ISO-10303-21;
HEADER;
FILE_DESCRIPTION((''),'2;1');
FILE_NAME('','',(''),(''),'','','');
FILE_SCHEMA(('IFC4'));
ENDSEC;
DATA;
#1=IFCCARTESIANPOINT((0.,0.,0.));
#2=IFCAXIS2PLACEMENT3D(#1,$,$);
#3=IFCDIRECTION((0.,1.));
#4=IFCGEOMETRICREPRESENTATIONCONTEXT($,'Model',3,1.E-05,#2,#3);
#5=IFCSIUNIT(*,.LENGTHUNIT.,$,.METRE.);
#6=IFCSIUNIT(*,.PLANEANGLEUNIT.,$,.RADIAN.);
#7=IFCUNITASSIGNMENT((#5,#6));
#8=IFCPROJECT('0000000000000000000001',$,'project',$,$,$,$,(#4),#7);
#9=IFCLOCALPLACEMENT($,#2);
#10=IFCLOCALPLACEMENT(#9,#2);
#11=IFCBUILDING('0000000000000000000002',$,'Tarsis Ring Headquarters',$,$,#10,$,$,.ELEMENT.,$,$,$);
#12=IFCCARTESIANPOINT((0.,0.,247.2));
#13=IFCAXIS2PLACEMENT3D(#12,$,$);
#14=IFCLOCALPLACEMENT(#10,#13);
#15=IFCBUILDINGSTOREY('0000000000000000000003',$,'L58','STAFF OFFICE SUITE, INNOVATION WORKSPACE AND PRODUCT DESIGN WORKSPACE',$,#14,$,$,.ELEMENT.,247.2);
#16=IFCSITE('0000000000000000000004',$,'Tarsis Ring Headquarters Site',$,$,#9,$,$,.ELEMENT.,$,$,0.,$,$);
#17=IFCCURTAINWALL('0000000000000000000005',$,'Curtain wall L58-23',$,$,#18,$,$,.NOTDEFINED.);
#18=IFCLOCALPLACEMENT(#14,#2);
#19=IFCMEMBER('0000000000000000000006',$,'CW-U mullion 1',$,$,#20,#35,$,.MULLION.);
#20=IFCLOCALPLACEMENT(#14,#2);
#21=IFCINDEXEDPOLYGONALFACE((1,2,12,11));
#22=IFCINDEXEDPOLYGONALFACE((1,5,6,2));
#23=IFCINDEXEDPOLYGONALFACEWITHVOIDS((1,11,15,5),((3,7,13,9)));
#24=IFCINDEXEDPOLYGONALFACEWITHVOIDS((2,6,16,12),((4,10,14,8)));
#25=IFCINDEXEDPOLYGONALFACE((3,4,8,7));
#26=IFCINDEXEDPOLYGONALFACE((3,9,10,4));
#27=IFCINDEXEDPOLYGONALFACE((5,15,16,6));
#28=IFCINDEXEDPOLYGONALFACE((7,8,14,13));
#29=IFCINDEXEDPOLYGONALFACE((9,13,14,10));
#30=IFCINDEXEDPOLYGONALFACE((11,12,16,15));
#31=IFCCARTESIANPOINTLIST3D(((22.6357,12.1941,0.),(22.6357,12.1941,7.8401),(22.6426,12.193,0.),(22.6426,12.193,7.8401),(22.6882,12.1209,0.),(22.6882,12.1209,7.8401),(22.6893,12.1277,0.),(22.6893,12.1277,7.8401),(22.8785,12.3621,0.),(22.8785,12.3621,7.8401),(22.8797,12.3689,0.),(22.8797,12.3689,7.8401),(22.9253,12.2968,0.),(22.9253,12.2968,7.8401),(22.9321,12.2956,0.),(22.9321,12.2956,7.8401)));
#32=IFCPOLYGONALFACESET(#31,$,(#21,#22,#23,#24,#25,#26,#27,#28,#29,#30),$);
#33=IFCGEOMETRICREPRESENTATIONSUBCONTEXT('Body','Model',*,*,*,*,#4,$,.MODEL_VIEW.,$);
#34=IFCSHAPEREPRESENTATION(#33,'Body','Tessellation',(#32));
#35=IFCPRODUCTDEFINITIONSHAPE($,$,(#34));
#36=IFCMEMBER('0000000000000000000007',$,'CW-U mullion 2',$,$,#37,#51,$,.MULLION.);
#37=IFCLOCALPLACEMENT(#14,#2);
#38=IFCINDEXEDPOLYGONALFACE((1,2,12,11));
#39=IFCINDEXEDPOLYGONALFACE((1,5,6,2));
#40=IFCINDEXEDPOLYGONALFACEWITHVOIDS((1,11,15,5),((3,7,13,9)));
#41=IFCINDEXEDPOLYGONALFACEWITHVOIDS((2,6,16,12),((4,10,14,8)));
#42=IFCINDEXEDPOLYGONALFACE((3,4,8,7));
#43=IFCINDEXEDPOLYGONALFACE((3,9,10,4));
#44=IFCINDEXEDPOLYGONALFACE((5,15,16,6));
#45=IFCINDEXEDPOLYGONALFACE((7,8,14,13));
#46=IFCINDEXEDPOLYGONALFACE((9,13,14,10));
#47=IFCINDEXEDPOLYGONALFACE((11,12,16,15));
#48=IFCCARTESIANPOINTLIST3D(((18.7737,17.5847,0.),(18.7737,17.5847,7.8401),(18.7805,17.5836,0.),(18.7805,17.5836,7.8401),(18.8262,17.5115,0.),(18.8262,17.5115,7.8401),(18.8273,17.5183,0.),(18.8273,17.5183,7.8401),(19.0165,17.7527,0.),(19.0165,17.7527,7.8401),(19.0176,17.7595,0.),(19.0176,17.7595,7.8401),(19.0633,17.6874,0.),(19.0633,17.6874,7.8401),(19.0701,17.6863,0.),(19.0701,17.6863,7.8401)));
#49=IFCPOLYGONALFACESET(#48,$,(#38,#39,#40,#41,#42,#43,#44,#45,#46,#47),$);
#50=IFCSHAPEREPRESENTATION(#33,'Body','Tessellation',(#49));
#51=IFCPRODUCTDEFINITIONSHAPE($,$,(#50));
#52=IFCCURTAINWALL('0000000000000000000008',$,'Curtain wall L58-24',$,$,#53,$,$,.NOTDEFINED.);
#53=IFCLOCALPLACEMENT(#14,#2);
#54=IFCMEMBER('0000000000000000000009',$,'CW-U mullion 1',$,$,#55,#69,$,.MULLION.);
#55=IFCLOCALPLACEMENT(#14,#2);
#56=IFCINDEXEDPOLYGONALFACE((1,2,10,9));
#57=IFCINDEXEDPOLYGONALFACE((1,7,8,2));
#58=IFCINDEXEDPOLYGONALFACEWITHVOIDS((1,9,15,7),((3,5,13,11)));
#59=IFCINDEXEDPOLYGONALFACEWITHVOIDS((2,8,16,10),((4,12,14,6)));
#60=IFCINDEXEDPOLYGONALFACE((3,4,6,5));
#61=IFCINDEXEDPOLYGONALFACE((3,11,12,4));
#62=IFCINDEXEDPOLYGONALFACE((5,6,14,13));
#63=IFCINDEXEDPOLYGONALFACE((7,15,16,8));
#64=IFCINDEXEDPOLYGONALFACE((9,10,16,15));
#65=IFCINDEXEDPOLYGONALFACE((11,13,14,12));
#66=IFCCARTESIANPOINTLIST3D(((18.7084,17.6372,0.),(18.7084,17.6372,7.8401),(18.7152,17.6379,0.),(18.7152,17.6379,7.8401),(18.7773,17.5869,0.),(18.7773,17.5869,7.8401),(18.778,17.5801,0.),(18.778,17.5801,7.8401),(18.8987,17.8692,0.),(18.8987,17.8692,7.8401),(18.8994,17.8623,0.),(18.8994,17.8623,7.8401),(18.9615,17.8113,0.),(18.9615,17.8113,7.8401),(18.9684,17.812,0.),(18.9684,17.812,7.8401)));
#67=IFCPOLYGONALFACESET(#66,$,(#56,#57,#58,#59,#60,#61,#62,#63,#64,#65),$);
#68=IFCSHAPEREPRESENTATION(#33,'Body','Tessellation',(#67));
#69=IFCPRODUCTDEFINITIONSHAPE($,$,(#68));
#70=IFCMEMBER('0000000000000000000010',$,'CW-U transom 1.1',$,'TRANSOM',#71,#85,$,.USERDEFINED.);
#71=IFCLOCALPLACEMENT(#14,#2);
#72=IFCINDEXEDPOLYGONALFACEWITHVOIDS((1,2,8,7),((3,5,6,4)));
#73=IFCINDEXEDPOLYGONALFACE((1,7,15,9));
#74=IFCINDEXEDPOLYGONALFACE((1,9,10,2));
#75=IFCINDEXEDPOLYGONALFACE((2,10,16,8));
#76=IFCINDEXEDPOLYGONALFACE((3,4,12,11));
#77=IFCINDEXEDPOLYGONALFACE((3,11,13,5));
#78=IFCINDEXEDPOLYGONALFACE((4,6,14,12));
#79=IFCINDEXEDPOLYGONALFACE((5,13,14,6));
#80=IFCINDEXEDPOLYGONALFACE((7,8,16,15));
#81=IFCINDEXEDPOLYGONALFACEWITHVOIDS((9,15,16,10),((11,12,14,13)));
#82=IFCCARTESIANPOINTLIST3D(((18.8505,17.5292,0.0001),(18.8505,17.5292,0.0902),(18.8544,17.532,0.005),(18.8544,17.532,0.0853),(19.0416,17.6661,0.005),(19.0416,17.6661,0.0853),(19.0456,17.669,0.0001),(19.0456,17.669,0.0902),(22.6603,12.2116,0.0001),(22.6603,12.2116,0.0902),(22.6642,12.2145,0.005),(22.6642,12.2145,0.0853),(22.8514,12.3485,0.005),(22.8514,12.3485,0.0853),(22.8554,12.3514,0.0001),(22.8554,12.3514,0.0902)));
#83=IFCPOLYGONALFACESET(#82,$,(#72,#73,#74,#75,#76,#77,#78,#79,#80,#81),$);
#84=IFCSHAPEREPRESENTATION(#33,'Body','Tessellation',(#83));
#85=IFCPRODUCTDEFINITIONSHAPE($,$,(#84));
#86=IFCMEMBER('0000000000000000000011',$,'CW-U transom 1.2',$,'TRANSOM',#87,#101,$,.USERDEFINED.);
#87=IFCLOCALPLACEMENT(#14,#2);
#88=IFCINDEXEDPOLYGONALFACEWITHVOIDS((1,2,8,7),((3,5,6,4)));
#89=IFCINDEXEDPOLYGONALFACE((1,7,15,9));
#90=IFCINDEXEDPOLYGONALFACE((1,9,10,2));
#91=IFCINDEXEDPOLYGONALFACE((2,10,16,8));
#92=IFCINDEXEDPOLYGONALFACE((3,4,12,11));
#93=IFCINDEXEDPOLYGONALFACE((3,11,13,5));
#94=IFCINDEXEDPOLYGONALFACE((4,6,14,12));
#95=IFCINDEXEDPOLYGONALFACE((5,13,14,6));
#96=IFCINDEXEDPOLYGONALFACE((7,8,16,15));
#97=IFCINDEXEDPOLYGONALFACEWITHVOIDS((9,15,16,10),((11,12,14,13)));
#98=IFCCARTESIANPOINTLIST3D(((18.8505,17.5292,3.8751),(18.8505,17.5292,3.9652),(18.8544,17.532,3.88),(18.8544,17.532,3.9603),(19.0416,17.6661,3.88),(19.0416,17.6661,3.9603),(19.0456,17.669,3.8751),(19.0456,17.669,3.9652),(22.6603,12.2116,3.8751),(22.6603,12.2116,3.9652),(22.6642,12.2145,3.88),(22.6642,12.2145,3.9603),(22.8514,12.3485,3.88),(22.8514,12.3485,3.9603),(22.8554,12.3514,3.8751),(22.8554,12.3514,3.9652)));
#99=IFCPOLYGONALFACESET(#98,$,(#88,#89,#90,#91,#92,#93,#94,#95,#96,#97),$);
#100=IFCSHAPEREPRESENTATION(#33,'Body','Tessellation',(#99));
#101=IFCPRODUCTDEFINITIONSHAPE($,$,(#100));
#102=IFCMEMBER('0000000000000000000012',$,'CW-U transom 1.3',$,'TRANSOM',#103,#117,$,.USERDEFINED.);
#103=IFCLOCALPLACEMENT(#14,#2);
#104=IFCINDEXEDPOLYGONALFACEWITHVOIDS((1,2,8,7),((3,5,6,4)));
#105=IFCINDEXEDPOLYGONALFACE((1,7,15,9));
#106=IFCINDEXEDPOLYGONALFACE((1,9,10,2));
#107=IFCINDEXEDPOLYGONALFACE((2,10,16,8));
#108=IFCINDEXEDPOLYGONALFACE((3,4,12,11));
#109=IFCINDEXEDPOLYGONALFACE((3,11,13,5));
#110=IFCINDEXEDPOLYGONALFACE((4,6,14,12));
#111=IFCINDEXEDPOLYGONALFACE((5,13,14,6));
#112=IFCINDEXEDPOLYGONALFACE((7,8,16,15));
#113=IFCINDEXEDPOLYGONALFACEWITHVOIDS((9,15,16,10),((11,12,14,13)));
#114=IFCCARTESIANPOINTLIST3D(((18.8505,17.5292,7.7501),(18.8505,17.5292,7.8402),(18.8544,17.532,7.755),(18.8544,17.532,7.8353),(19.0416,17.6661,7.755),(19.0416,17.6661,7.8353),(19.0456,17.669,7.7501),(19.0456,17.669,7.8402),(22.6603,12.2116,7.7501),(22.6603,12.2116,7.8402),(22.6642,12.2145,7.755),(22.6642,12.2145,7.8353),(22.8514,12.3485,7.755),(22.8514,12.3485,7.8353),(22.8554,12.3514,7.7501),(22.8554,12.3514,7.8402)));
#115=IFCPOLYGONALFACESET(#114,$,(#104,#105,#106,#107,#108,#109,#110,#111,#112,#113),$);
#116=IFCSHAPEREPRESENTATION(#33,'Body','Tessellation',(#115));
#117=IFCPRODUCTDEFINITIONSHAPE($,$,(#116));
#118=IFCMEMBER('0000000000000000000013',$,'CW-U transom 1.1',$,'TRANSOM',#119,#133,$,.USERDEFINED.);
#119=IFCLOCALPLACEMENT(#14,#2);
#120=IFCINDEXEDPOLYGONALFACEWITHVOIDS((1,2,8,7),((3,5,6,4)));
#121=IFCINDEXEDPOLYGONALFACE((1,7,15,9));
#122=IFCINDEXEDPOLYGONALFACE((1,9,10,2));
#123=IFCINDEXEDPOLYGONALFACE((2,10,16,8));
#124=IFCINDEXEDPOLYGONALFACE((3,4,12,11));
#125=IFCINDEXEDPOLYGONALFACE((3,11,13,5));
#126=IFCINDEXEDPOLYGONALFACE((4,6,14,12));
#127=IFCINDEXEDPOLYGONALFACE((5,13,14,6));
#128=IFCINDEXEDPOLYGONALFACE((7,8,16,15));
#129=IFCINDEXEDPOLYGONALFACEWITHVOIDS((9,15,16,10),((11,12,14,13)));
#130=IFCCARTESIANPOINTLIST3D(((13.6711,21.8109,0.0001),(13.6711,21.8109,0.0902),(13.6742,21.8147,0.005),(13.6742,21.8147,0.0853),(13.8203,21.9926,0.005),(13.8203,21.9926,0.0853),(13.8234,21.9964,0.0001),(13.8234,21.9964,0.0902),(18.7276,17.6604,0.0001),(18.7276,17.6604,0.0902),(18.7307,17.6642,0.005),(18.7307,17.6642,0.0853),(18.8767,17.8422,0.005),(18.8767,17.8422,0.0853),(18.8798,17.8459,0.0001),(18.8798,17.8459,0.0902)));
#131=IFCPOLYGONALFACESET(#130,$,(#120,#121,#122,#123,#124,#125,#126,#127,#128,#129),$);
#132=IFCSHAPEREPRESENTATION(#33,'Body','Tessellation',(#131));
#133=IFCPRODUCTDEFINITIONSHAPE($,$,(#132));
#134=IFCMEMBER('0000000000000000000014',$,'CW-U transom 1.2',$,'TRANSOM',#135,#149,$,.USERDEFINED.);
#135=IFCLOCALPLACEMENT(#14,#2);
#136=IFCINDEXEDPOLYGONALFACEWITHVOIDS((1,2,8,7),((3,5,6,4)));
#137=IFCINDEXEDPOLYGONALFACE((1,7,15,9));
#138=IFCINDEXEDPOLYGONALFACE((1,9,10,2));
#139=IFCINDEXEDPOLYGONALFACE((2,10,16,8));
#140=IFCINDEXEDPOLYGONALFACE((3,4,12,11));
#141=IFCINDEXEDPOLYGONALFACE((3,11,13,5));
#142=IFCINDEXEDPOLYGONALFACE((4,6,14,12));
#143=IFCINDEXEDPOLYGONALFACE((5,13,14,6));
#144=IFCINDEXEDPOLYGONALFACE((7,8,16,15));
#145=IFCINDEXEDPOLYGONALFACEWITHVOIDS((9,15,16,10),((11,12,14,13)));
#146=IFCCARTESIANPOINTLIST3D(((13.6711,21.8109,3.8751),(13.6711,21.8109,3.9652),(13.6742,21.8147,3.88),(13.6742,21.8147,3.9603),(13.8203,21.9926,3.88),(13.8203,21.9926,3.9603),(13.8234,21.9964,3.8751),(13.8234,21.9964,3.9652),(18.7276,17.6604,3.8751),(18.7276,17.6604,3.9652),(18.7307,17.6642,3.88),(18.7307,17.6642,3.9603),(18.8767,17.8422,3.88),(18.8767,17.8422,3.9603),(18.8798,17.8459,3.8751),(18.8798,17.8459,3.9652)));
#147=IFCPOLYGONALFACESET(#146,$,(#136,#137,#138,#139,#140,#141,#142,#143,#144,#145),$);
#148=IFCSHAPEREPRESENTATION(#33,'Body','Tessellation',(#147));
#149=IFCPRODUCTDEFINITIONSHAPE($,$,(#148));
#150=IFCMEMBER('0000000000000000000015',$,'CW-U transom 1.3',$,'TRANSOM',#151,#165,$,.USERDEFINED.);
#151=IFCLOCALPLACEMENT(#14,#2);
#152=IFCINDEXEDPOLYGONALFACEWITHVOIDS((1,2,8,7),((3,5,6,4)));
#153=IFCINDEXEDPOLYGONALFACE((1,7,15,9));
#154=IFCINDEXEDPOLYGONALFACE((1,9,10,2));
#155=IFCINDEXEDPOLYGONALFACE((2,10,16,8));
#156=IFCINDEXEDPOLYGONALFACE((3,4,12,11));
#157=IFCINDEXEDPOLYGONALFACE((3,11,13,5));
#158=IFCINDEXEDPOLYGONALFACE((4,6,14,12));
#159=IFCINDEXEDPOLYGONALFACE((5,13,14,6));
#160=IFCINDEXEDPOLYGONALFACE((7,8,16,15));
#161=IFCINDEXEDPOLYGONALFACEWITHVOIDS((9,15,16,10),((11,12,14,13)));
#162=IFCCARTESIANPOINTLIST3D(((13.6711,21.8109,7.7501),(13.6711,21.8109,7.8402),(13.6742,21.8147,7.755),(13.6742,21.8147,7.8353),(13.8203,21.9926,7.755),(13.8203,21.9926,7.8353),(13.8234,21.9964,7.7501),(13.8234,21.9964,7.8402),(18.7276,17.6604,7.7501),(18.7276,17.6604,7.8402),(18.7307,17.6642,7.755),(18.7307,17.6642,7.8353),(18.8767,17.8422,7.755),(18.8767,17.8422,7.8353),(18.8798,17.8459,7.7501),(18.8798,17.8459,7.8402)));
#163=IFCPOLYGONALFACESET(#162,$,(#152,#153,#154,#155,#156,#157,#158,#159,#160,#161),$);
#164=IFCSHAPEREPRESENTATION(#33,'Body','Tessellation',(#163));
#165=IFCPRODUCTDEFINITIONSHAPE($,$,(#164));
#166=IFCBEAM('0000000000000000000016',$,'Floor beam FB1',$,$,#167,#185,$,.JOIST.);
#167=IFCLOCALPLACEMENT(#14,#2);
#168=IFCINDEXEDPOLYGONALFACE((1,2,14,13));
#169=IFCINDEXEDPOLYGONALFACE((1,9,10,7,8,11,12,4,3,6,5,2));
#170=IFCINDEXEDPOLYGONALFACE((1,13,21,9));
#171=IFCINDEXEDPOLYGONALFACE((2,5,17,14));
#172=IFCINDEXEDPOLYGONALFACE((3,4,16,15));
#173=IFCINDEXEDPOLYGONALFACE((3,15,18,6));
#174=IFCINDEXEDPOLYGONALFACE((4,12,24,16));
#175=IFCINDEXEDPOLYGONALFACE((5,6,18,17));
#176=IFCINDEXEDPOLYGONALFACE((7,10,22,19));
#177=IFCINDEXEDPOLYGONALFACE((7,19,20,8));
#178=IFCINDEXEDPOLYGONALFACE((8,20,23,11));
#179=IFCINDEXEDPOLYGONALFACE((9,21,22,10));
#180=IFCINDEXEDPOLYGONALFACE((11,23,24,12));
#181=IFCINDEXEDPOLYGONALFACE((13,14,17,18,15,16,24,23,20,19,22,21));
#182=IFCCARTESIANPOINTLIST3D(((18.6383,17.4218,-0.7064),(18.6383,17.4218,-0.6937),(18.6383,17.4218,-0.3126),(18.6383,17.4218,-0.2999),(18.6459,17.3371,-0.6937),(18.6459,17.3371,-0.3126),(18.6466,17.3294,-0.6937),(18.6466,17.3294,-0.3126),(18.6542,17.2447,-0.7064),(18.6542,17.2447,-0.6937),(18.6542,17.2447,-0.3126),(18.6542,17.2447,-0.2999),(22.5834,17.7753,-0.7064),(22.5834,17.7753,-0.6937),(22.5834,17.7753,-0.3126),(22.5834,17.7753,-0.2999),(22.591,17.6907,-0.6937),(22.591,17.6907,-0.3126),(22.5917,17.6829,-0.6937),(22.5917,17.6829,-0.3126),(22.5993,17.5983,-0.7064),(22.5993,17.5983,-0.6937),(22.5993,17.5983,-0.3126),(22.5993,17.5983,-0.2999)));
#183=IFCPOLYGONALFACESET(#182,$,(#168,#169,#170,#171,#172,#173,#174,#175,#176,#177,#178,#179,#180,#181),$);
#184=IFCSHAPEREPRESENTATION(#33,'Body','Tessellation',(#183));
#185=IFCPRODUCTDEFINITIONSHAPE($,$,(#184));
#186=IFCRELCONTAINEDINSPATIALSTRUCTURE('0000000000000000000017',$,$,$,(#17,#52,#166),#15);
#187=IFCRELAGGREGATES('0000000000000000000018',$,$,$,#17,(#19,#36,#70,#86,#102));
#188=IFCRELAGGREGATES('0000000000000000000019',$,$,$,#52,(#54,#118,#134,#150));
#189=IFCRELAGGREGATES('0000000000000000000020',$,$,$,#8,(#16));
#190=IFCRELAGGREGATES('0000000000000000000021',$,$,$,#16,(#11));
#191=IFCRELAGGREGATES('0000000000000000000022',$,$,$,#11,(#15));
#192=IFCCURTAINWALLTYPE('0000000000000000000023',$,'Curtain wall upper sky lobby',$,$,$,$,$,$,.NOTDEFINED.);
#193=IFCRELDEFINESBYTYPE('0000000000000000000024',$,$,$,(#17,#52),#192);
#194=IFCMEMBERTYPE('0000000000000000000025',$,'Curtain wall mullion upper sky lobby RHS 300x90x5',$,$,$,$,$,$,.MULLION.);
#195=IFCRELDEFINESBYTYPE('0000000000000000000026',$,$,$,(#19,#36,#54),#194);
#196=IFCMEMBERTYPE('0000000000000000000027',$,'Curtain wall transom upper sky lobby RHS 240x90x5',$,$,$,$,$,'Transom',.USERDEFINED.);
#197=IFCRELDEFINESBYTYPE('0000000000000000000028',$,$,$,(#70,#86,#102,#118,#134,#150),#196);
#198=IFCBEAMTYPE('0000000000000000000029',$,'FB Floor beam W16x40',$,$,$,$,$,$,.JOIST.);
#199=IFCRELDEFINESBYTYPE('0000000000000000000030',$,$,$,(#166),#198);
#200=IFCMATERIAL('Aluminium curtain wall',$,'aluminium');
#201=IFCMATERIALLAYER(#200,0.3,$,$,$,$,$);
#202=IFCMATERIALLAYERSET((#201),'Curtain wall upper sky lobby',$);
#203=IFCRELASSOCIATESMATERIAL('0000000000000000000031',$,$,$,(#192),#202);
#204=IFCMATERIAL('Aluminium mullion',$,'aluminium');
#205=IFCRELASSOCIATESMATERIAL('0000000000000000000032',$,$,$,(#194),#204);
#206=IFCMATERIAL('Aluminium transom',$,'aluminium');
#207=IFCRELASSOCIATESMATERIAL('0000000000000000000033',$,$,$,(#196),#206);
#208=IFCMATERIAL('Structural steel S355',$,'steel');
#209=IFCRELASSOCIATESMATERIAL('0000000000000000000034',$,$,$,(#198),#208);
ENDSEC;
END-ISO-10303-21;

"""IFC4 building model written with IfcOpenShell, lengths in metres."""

from ifc_helpers import new_model, si_unit, direction, frame, origin, origin_2d, place, context, subcontext, project, spatial, hollow_rectangle, i_section, extrude, material, layer, layer_set, material_profile, profile_set, type_object, element, aggregate, save


model = new_model("IFC4")

# Units and contexts
model_context = context("Model", 3, precision=1e-05, world=origin(), true_north=direction((0.0, 1.0)))
body_context = subcontext(model_context, "Body", "Model", "MODEL_VIEW")
ifc_project = project(units=[si_unit("LENGTHUNIT", "METRE"), si_unit("PLANEANGLEUNIT", "RADIAN")], contexts=[model_context])

# Site, building, storey
site_placement = place(None, origin())
site = spatial("IfcSite", under=ifc_project, at=site_placement, Name="Tarsis Ring Headquarters Site", CompositionType="ELEMENT", RefElevation=0.0)
building_placement = place(site_placement, origin())
building = spatial("IfcBuilding", under=site, at=building_placement, Name="Tarsis Ring Headquarters", CompositionType="ELEMENT")
storey_placement = place(building_placement, frame((0.0, 0.0, 247.2)))
storey = spatial("IfcBuildingStorey", under=building, at=storey_placement, Name="L58", Description="STAFF OFFICE SUITE, INNOVATION WORKSPACE AND PRODUCT DESIGN WORKSPACE", CompositionType="ELEMENT", Elevation=247.2)

# Curtain wall, members
ifc_material_1 = material(Name="Aluminium curtain wall", Category="aluminium")
ifc_layer_1 = layer(ifc_material_1, 0.3)
ifc_layer_set_1 = layer_set([ifc_layer_1], Name="Curtain wall upper sky lobby")
curtain_wall_type = type_object("IfcCurtainWallType", Name="Curtain wall upper sky lobby", PredefinedType="NOTDEFINED", material=ifc_layer_set_1)
curtain_wall_1_placement = place(storey_placement, origin())
curtain_wall_1 = element("IfcCurtainWall", 1, at=curtain_wall_1_placement, inside=storey, type_object=curtain_wall_type, Name="Curtain wall L58-23", PredefinedType="NOTDEFINED")
ifc_material_2 = material(Name="Aluminium mullion", Category="aluminium")
ifc_material_profile_1 = material_profile(ifc_material_2, hollow_rectangle(XDim=0.3, YDim=0.0901, WallThickness=0.0049, at=origin_2d()), Name="RHS 300x90x5")
ifc_profile_set_1 = profile_set([ifc_material_profile_1], Name="Aluminium mullion")
member_type_1 = type_object("IfcMemberType", Name="Curtain wall mullion upper sky lobby RHS 300x90x5", PredefinedType="MULLION", material=ifc_profile_set_1)
member_1_placement = place(storey_placement, frame((22.7839, 12.2449, 0.0), z_axis=(0.0, 0.0, 1.0), x_axis=(-0.812898, -0.582407, 0.0)))
member_1 = element("IfcMember", 2, at=member_1_placement, type_object=member_type_1, Name="CW-U mullion 1", PredefinedType="MULLION", context=body_context, shape_type="SweptSolid", body=[
    extrude(hollow_rectangle(XDim=0.3, YDim=0.0901, WallThickness=0.0049, at=origin_2d()), origin(), (0.0, 0.0, 1.0), 7.8401),
])
member_2_placement = place(storey_placement, frame((18.9219, 17.6355, 0.0), z_axis=(0.0, 0.0, 1.0), x_axis=(-0.812898, -0.582407, 0.0)))
member_2 = element("IfcMember", 3, at=member_2_placement, type_object=member_type_1, Name="CW-U mullion 2", PredefinedType="MULLION", context=body_context, shape_type="SweptSolid", body=[
    extrude(hollow_rectangle(XDim=0.3, YDim=0.0901, WallThickness=0.0049, at=origin_2d()), origin(), (0.0, 0.0, 1.0), 7.8401),
])

# Curtain wall, member
curtain_wall_2_placement = place(storey_placement, origin())
curtain_wall_2 = element("IfcCurtainWall", 4, at=curtain_wall_2_placement, inside=storey, type_object=curtain_wall_type, Name="Curtain wall L58-24", PredefinedType="NOTDEFINED")
member_3_placement = place(storey_placement, frame((18.8384, 17.7246, 0.0), z_axis=(0.0, 0.0, 1.0), x_axis=(-0.634461, -0.772955, 0.0)))
member_3 = element("IfcMember", 5, at=member_3_placement, type_object=member_type_1, Name="CW-U mullion 1", PredefinedType="MULLION", context=body_context, shape_type="SweptSolid", body=[
    extrude(hollow_rectangle(XDim=0.3, YDim=0.0901, WallThickness=0.0049, at=origin_2d()), origin(), (0.0, 0.0, 1.0), 7.8401),
])

# Members
ifc_material_3 = material(Name="Aluminium transom", Category="aluminium")
ifc_material_profile_2 = material_profile(ifc_material_3, hollow_rectangle(XDim=0.24, YDim=0.0901, WallThickness=0.0049, at=origin_2d()), Name="RHS 240x90x5")
ifc_profile_set_2 = profile_set([ifc_material_profile_2], Name="Aluminium transom")
member_type_2 = type_object("IfcMemberType", Name="Curtain wall transom upper sky lobby RHS 240x90x5", ElementType="Transom", PredefinedType="USERDEFINED", material=ifc_profile_set_2)
member_4_placement = place(storey_placement, frame((22.7578, 12.2815, 0.0452), z_axis=(-0.582403, 0.8129, 0.0), x_axis=(-0.8129, -0.582403, 0.0)))
member_4 = element("IfcMember", 6, at=member_4_placement, type_object=member_type_2, Name="CW-U transom 1.1", ObjectType="TRANSOM", PredefinedType="USERDEFINED", context=body_context, shape_type="SweptSolid", body=[
    extrude(hollow_rectangle(XDim=0.24, YDim=0.0901, WallThickness=0.0049, at=origin_2d()), origin(), (0.0, 0.0, 1.0), 6.5415),
])
member_5_placement = place(storey_placement, frame((22.7578, 12.2815, 3.9202), z_axis=(-0.582403, 0.8129, 0.0), x_axis=(-0.8129, -0.582403, 0.0)))
member_5 = element("IfcMember", 7, at=member_5_placement, type_object=member_type_2, Name="CW-U transom 1.2", ObjectType="TRANSOM", PredefinedType="USERDEFINED", context=body_context, shape_type="SweptSolid", body=[
    extrude(hollow_rectangle(XDim=0.24, YDim=0.0901, WallThickness=0.0049, at=origin_2d()), origin(), (0.0, 0.0, 1.0), 6.5415),
])
member_6_placement = place(storey_placement, frame((22.7578, 12.2815, 7.7952), z_axis=(-0.582403, 0.8129, 0.0), x_axis=(-0.8129, -0.582403, 0.0)))
member_6 = element("IfcMember", 8, at=member_6_placement, type_object=member_type_2, Name="CW-U transom 1.3", ObjectType="TRANSOM", PredefinedType="USERDEFINED", context=body_context, shape_type="SweptSolid", body=[
    extrude(hollow_rectangle(XDim=0.24, YDim=0.0901, WallThickness=0.0049, at=origin_2d()), origin(), (0.0, 0.0, 1.0), 6.5415),
])
member_7_placement = place(storey_placement, frame((18.8037, 17.7532, 0.0452), z_axis=(-0.772957, 0.634458, 0.0), x_axis=(-0.634458, -0.772957, 0.0)))
member_7 = element("IfcMember", 9, at=member_7_placement, type_object=member_type_2, Name="CW-U transom 1.1", ObjectType="TRANSOM", PredefinedType="USERDEFINED", context=body_context, shape_type="SweptSolid", body=[
    extrude(hollow_rectangle(XDim=0.24, YDim=0.0901, WallThickness=0.0049, at=origin_2d()), origin(), (0.0, 0.0, 1.0), 6.5417),
])
member_8_placement = place(storey_placement, frame((18.8037, 17.7532, 3.9202), z_axis=(-0.772957, 0.634458, 0.0), x_axis=(-0.634458, -0.772957, 0.0)))
member_8 = element("IfcMember", 10, at=member_8_placement, type_object=member_type_2, Name="CW-U transom 1.2", ObjectType="TRANSOM", PredefinedType="USERDEFINED", context=body_context, shape_type="SweptSolid", body=[
    extrude(hollow_rectangle(XDim=0.24, YDim=0.0901, WallThickness=0.0049, at=origin_2d()), origin(), (0.0, 0.0, 1.0), 6.5417),
])
member_9_placement = place(storey_placement, frame((18.8037, 17.7532, 7.7952), z_axis=(-0.772957, 0.634458, 0.0), x_axis=(-0.634458, -0.772957, 0.0)))
member_9 = element("IfcMember", 11, at=member_9_placement, type_object=member_type_2, Name="CW-U transom 1.3", ObjectType="TRANSOM", PredefinedType="USERDEFINED", context=body_context, shape_type="SweptSolid", body=[
    extrude(hollow_rectangle(XDim=0.24, YDim=0.0901, WallThickness=0.0049, at=origin_2d()), origin(), (0.0, 0.0, 1.0), 6.5417),
])

# Beam
ifc_material_4 = material(Name="Structural steel S355", Category="steel")
ifc_material_profile_3 = material_profile(ifc_material_4, i_section(OverallWidth=0.1777, OverallDepth=0.4065, WebThickness=0.0078, FlangeThickness=0.0127, at=origin_2d()), Name="W16x40")
ifc_profile_set_3 = profile_set([ifc_material_profile_3], Name="Structural steel S355")
beam_type_1 = type_object("IfcBeamType", Name="FB Floor beam W16x40", PredefinedType="JOIST", material=ifc_profile_set_3)
beam_1_placement = place(storey_placement, frame((18.6462, 17.3333, -0.5032), z_axis=(0.996009, 0.089252, 0.0), x_axis=(-0.089252, 0.996009, 0.0)))
element("IfcBeam", 12, at=beam_1_placement, inside=storey, type_object=beam_type_1, Name="Floor beam FB1", PredefinedType="JOIST", context=body_context, shape_type="SweptSolid", body=[
    extrude(i_section(OverallWidth=0.1777, OverallDepth=0.4065, WebThickness=0.0078, FlangeThickness=0.0127, at=origin_2d()), origin(), (0.0, 0.0, 1.0), 3.9609),
])

aggregate(curtain_wall_1, [member_1, member_2, member_4, member_5, member_6])
aggregate(curtain_wall_2, [member_3, member_7, member_8, member_9])

save(model, "model.ifc")
